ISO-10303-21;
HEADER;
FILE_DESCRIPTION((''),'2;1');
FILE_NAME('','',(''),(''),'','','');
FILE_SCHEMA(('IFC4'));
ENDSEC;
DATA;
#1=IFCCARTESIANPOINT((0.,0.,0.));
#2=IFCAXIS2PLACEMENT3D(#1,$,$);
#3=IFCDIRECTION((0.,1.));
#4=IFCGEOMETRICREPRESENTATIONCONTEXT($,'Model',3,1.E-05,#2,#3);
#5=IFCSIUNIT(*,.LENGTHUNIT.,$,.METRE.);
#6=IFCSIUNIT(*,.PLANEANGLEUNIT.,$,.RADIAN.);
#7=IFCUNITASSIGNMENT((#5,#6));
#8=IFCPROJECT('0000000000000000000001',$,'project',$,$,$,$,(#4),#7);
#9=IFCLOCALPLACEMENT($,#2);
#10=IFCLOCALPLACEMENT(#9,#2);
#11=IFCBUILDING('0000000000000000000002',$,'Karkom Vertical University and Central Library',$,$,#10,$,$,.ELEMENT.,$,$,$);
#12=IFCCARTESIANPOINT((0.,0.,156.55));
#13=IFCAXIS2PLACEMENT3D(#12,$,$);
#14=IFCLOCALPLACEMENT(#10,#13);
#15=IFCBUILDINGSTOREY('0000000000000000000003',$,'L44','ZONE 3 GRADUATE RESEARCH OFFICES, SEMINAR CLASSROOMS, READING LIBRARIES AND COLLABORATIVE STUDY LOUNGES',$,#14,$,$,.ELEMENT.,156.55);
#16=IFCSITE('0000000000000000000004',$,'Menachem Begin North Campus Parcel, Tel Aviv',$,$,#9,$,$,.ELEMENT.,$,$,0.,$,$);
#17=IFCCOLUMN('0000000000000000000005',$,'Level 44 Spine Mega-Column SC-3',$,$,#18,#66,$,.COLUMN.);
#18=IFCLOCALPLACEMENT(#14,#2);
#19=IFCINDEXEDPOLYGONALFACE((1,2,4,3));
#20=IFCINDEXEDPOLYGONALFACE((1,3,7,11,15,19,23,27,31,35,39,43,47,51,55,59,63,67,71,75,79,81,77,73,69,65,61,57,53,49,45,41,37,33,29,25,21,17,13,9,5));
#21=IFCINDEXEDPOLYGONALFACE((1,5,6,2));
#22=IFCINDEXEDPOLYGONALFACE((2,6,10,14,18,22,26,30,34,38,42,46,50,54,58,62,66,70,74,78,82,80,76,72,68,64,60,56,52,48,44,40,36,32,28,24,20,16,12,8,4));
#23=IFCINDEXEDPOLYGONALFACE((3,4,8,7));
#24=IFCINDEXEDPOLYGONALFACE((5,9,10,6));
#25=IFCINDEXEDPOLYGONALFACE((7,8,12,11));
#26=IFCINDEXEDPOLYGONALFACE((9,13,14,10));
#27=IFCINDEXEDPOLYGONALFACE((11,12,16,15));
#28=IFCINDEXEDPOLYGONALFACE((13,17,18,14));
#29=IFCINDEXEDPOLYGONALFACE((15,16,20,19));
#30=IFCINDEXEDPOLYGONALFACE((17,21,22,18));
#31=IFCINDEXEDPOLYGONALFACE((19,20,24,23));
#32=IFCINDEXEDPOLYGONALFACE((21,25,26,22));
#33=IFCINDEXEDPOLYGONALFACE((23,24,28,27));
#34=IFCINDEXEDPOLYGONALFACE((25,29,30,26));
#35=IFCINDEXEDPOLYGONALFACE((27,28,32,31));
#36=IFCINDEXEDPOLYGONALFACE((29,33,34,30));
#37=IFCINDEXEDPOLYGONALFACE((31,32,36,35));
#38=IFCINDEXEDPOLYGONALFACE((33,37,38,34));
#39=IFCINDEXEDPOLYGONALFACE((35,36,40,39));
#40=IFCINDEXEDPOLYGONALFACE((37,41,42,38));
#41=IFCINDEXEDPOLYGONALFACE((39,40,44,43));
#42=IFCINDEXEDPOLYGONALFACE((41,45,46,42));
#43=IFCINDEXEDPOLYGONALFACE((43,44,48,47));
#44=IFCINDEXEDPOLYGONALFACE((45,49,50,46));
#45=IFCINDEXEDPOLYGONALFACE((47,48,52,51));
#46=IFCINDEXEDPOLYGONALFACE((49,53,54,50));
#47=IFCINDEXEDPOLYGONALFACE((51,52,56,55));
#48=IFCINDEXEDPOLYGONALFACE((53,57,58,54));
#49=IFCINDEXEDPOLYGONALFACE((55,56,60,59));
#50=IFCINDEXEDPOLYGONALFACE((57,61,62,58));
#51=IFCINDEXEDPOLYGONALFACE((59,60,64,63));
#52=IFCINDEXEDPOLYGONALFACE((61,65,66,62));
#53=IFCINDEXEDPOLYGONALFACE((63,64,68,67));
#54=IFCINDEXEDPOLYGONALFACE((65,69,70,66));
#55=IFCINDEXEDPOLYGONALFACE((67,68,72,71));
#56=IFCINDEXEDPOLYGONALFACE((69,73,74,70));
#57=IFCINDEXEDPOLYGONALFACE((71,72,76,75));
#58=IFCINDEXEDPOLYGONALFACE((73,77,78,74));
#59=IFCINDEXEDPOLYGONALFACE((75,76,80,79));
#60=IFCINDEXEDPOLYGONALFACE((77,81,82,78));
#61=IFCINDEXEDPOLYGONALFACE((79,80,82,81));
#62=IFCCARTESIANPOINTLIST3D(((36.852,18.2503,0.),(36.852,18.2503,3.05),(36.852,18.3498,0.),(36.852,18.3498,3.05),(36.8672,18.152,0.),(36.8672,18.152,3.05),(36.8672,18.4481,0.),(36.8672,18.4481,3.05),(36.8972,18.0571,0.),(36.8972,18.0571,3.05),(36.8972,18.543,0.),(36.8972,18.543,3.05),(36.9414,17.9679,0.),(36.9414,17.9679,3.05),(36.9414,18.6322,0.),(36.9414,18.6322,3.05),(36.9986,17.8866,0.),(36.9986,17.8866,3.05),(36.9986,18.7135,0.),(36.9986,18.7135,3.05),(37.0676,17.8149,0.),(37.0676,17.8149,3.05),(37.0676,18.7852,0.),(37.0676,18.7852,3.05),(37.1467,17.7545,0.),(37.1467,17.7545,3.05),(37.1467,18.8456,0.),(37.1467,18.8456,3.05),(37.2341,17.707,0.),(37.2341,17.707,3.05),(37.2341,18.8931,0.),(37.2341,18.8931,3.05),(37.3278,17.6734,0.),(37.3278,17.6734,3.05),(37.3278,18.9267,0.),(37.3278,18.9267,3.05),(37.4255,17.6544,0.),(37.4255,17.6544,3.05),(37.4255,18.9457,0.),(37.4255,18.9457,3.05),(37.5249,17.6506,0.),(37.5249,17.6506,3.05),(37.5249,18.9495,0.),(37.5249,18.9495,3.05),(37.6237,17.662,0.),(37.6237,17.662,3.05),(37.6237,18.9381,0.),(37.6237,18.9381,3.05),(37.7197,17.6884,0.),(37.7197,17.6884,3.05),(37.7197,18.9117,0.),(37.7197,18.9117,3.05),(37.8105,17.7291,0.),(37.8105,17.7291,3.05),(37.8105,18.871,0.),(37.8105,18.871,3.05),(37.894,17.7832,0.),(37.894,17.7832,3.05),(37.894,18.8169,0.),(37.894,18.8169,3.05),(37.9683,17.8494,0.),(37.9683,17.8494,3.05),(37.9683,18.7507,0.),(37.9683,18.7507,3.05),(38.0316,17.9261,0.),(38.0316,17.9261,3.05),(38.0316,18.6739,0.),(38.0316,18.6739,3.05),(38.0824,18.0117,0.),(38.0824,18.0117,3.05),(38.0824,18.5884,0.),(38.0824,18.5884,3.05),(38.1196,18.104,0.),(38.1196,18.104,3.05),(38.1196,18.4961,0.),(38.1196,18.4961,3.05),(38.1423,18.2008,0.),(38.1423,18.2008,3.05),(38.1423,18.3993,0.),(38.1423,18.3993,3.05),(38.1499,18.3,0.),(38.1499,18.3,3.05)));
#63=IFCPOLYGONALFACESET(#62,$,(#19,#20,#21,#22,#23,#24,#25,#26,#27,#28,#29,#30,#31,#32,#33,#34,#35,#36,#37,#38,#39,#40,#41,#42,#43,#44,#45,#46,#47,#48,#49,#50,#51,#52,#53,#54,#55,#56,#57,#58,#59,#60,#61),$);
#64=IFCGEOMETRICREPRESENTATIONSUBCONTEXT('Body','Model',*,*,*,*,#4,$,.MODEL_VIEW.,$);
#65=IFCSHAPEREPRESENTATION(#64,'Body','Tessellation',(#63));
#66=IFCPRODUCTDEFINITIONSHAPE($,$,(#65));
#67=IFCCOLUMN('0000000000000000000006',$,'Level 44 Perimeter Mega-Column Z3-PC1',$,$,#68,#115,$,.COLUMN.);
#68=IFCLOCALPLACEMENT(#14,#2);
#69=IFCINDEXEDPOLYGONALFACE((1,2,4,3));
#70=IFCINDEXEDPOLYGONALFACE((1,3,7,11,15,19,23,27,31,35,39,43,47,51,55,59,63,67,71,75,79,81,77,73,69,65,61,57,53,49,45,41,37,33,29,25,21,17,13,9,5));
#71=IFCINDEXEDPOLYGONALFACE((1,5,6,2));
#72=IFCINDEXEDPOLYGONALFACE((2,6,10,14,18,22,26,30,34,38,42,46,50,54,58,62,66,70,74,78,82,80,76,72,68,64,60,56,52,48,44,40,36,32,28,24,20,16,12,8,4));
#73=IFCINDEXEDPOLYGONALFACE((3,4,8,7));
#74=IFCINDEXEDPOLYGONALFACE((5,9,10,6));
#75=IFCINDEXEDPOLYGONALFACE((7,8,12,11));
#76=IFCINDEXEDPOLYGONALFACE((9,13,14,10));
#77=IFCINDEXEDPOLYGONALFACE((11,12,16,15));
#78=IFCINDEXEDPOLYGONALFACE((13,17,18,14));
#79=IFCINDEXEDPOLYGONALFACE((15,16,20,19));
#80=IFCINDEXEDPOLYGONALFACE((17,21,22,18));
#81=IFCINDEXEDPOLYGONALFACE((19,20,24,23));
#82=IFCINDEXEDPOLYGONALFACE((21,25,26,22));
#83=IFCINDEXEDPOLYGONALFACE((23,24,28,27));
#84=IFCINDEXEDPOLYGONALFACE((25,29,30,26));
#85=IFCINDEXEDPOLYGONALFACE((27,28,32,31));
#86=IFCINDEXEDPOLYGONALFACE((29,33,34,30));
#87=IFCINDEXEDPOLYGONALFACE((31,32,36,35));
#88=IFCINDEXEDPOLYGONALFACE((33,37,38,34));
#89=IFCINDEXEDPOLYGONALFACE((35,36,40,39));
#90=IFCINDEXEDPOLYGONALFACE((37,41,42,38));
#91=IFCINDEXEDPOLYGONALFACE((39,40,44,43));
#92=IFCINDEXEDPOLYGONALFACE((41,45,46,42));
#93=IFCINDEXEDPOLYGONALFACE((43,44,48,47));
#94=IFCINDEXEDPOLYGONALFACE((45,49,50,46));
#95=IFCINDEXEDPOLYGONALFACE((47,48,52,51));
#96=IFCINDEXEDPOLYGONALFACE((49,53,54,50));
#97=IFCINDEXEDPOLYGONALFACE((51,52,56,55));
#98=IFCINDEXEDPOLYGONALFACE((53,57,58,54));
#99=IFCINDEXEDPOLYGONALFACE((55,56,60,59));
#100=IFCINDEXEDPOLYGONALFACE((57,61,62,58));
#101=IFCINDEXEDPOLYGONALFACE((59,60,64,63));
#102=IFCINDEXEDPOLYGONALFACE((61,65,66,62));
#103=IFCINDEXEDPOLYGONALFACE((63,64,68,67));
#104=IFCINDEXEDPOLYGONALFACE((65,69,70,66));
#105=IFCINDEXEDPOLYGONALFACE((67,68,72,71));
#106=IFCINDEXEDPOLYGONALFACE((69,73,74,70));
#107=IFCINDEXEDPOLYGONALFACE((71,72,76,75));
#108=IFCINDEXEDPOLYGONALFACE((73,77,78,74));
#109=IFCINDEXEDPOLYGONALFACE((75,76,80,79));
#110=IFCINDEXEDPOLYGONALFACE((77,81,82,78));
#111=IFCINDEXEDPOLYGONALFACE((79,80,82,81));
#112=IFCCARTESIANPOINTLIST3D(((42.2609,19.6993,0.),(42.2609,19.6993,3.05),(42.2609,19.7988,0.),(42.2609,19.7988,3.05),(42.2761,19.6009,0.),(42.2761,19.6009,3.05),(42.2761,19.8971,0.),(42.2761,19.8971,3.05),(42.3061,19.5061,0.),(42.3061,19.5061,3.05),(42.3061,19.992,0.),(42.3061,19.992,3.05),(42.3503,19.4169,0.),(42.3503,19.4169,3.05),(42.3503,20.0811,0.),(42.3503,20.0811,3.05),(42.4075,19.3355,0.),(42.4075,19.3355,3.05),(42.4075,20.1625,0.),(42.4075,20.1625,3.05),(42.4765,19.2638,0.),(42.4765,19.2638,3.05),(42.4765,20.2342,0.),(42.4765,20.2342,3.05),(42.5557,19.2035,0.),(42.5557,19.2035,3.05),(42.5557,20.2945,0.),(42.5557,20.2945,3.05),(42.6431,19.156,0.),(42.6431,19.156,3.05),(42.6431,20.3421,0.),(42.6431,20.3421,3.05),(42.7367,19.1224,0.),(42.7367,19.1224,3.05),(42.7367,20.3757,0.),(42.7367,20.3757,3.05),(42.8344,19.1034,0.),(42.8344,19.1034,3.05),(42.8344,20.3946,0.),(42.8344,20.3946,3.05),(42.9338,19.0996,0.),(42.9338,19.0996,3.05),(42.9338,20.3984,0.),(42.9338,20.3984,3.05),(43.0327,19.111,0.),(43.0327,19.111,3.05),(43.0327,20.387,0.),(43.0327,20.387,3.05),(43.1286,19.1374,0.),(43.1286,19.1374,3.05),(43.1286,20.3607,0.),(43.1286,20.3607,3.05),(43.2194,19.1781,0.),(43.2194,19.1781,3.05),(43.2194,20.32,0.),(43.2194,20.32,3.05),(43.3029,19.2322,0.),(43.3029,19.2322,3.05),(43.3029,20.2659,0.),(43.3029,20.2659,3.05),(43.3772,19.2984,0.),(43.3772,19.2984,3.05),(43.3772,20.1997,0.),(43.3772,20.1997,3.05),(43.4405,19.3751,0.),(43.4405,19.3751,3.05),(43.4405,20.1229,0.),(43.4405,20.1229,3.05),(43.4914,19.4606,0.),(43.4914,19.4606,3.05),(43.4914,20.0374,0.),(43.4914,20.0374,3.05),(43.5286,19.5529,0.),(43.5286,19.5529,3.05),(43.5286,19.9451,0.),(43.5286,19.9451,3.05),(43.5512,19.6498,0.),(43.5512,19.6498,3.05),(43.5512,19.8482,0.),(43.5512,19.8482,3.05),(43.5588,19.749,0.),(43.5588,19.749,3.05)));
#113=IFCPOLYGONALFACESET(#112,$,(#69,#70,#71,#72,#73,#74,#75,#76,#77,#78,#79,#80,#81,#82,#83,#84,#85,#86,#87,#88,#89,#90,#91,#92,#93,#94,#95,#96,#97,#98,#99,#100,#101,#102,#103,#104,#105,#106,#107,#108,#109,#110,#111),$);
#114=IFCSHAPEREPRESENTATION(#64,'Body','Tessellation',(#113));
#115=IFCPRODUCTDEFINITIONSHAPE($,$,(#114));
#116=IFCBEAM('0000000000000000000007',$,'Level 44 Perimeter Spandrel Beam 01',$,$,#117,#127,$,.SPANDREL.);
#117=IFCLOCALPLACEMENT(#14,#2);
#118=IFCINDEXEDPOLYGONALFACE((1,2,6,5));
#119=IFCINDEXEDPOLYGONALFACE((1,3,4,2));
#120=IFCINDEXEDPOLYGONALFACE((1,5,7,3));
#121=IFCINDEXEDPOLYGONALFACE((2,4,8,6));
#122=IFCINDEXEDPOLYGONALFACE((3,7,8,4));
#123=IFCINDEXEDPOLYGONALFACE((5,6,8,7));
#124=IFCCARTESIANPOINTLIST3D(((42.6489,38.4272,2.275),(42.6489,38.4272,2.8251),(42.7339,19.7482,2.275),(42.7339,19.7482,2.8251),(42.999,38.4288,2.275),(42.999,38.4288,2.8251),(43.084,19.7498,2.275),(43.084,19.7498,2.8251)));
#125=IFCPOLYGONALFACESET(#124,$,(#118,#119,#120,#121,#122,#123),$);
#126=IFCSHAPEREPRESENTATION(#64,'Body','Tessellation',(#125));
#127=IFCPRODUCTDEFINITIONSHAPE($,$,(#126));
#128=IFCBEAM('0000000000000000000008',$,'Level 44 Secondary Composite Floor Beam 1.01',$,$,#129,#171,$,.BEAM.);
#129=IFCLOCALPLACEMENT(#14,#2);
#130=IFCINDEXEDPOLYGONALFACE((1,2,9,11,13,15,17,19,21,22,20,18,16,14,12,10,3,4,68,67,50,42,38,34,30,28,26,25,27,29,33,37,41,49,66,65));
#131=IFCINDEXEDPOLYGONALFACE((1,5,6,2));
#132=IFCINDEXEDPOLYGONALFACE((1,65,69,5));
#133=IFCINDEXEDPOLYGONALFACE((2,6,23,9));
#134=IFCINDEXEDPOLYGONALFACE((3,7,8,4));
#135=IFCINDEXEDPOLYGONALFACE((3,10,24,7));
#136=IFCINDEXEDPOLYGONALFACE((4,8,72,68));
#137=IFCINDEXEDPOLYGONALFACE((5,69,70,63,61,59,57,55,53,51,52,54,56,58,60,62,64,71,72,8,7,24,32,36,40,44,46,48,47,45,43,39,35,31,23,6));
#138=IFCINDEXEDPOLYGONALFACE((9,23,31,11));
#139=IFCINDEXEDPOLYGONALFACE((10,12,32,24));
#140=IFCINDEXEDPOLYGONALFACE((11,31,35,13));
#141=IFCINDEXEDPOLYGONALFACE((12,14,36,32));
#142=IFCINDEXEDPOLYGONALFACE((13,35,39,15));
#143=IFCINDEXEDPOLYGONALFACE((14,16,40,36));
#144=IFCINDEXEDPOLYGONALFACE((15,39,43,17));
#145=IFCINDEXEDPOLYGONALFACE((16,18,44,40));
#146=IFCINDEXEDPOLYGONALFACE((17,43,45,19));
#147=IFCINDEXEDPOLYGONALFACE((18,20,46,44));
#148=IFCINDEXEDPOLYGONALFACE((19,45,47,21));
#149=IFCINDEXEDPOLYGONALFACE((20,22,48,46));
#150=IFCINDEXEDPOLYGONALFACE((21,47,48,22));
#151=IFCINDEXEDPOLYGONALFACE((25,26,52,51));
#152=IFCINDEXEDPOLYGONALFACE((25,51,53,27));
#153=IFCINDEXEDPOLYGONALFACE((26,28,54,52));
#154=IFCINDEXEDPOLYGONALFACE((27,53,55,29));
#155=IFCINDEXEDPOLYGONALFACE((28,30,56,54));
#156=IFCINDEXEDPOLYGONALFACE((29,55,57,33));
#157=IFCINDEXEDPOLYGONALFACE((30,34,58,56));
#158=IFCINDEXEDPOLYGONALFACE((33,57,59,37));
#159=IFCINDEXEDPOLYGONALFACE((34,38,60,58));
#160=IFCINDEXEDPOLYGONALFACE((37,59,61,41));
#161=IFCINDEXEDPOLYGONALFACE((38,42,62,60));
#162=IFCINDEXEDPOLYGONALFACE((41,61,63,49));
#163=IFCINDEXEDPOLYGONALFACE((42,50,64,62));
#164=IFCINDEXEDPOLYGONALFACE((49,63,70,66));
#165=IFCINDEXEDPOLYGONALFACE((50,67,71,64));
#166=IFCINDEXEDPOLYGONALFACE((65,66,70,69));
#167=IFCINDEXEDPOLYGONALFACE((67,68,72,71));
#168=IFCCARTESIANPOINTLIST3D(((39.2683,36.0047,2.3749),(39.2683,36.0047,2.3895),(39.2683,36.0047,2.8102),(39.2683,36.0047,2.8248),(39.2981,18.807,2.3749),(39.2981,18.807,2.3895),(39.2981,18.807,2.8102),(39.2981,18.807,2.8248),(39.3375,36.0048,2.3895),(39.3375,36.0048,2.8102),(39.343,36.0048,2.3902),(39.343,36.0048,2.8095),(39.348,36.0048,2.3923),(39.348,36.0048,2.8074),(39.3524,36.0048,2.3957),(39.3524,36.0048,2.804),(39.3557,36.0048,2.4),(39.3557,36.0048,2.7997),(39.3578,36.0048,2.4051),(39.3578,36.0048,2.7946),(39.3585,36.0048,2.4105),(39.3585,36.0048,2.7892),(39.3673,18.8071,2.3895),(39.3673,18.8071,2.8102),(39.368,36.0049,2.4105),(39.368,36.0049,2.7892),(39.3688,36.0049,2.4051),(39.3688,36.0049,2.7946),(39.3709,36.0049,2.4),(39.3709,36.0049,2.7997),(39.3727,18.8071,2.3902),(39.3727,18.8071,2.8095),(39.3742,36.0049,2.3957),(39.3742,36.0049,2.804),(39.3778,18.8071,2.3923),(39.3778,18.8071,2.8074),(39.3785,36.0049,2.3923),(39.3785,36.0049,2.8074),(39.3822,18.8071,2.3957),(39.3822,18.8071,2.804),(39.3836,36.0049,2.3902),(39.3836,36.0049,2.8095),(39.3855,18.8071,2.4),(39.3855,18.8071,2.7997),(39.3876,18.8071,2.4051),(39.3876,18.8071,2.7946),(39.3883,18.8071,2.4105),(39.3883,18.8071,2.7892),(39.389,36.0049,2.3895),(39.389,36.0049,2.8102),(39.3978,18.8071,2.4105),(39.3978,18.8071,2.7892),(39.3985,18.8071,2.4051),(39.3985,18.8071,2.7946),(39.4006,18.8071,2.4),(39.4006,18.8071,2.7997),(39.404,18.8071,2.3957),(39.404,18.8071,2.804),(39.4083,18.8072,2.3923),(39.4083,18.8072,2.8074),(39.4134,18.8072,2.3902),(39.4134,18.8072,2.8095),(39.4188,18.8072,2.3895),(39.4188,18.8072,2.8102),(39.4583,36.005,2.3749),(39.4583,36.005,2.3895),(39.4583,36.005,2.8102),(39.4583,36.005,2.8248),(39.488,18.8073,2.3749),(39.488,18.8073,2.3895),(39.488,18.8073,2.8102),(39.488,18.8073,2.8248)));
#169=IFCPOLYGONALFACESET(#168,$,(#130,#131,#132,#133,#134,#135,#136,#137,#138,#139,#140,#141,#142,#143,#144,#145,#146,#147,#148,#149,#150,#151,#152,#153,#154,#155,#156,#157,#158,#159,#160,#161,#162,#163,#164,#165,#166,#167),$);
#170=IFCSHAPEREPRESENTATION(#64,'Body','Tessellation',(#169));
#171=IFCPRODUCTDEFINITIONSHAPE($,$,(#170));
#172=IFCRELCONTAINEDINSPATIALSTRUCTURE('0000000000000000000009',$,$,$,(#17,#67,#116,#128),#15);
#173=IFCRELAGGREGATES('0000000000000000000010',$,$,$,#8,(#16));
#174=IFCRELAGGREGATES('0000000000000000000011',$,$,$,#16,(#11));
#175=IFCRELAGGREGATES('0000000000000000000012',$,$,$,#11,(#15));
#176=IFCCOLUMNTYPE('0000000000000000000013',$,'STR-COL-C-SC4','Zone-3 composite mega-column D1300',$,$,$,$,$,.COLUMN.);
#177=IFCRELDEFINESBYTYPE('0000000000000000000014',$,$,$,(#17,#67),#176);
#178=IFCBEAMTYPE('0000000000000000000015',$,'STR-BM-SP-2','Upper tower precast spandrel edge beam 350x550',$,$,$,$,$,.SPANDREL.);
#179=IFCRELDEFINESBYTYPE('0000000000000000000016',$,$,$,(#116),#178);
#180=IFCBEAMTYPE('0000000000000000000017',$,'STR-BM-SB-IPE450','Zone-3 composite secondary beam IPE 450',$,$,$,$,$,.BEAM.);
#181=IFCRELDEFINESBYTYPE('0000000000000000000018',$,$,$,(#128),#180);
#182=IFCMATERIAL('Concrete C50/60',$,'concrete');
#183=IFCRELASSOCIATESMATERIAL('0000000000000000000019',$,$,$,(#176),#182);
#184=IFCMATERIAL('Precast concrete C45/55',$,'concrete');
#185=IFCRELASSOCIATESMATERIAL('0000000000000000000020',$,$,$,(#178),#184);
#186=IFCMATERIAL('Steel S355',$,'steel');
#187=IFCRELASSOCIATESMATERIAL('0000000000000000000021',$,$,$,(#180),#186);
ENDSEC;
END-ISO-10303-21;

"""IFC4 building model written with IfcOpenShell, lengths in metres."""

from ifc_helpers import new_model, si_unit, direction, frame, origin, origin_with_axes, origin_2d, place, context, subcontext, project, spatial, rectangle, circle, i_section, extrude, source, transform, mapped, material, material_profile, profile_set, type_object, element, save


model = new_model("IFC4")

# Units and contexts
model_context = context("Model", 3, precision=1e-05, world=origin(), true_north=direction((0.0, 1.0)))
body_context = subcontext(model_context, "Body", "Model", "MODEL_VIEW")
ifc_project = project(units=[si_unit("LENGTHUNIT", "METRE"), si_unit("PLANEANGLEUNIT", "RADIAN")], contexts=[model_context])

# Site, building, storey
site_placement = place(None, origin())
site = spatial("IfcSite", under=ifc_project, at=site_placement, Name="Menachem Begin North Campus Parcel, Tel Aviv", CompositionType="ELEMENT", RefElevation=0.0)
building_placement = place(site_placement, origin())
building = spatial("IfcBuilding", under=site, at=building_placement, Name="Karkom Vertical University and Central Library", CompositionType="ELEMENT")
storey_placement = place(building_placement, frame((0.0, 0.0, 156.55)))
storey = spatial("IfcBuildingStorey", under=building, at=storey_placement, Name="L44", Description="ZONE 3 GRADUATE RESEARCH OFFICES, SEMINAR CLASSROOMS, READING LIBRARIES AND COLLABORATIVE STUDY LOUNGES", CompositionType="ELEMENT", Elevation=156.55)

# Columns
ifc_material_1 = material(Name="Concrete C50/60", Category="concrete")
ifc_material_profile_1 = material_profile(ifc_material_1, circle(Radius=0.6499, at=origin_2d()), Name="CFT-D1300")
ifc_profile_set_1 = profile_set([ifc_material_profile_1], Name="Concrete C50/60")
column_type = type_object("IfcColumnType", Name="STR-COL-C-SC4", Description="Zone-3 composite mega-column D1300", PredefinedType="COLUMN", material=ifc_profile_set_1)
shared_shape_1 = source(origin_with_axes(), body_context, "Body", "SweptSolid", [
    extrude(circle(Radius=0.6499, at=origin_2d()), origin(), (0.0, 0.0, 1.0), 3.05),
])
for number, where, z_axis, x_axis, name in (
    (1, (37.5, 18.3, 0.0), (0.0, 0.0, 1.0), (1.0, 0.0, 0.0), "Level 44 Spine Mega-Column SC-3"),
    (2, (42.9089, 19.749, 0.0), (0.0, 0.0, 1.0), (1.0, 0.0, 0.0), "Level 44 Perimeter Mega-Column Z3-PC1"),
):
    element("IfcColumn", number, at=place(storey_placement, frame(where, z_axis=z_axis, x_axis=x_axis)), inside=storey, type_object=column_type, Name=name, PredefinedType="COLUMN", context=body_context, shape_type="MappedRepresentation", body=[
        mapped(shared_shape_1, transform((0.0, 0.0, 0.0), scale=1.0)),
    ])

# Beams
ifc_material_2 = material(Name="Precast concrete C45/55", Category="concrete")
ifc_material_profile_2 = material_profile(ifc_material_2, rectangle(XDim=0.3501, YDim=0.55, at=origin_2d()), Name="SPB-350x550")
ifc_profile_set_2 = profile_set([ifc_material_profile_2], Name="Precast concrete C45/55")
beam_type_1 = type_object("IfcBeamType", Name="STR-BM-SP-2", Description="Upper tower precast spandrel edge beam 350x550", PredefinedType="SPANDREL", material=ifc_profile_set_2)
shared_shape_2 = source(origin_with_axes(), body_context, "Body", "SweptSolid", [
    extrude(rectangle(XDim=0.3501, YDim=0.55, at=origin_2d()), origin(), (0.0, 0.0, 1.0), 18.6792),
])
beam_1_placement = place(storey_placement, frame((42.9089, 19.749, 2.55), z_axis=(-0.004548, 0.99999, 0.0), x_axis=(-0.99999, -0.004548, 0.0)))
element("IfcBeam", 3, at=beam_1_placement, inside=storey, type_object=beam_type_1, Name="Level 44 Perimeter Spandrel Beam 01", PredefinedType="SPANDREL", context=body_context, shape_type="MappedRepresentation", body=[
    mapped(shared_shape_2, transform((0.0, 0.0, 0.0), scale=1.0)),
])
ifc_material_3 = material(Name="Steel S355", Category="steel")
ifc_material_profile_3 = material_profile(ifc_material_3, i_section(OverallWidth=0.1899, OverallDepth=0.45, WebThickness=0.0095, FlangeThickness=0.0146, FilletRadius=0.021, at=origin_2d()), Name="IPE 450")
ifc_profile_set_3 = profile_set([ifc_material_profile_3], Name="Steel S355")
beam_type_2 = type_object("IfcBeamType", Name="STR-BM-SB-IPE450", Description="Zone-3 composite secondary beam IPE 450", PredefinedType="BEAM", material=ifc_profile_set_3)
shared_shape_3 = source(origin_with_axes(), body_context, "Body", "SweptSolid", [
    extrude(i_section(OverallWidth=0.1899, OverallDepth=0.45, WebThickness=0.0095, FlangeThickness=0.0146, FilletRadius=0.021, at=origin_2d()), origin(), (0.0, 0.0, 1.0), 17.1978),
])
beam_2_placement = place(storey_placement, frame((39.3931, 18.8071, 2.5999), z_axis=(-0.001732, 0.999999, 0.0), x_axis=(-0.999999, -0.001732, 0.0)))
element("IfcBeam", 4, at=beam_2_placement, inside=storey, type_object=beam_type_2, Name="Level 44 Secondary Composite Floor Beam 1.01", PredefinedType="BEAM", context=body_context, shape_type="MappedRepresentation", body=[
    mapped(shared_shape_3, transform((0.0, 0.0, 0.0), scale=1.0)),
])

save(model, "model.ifc")
